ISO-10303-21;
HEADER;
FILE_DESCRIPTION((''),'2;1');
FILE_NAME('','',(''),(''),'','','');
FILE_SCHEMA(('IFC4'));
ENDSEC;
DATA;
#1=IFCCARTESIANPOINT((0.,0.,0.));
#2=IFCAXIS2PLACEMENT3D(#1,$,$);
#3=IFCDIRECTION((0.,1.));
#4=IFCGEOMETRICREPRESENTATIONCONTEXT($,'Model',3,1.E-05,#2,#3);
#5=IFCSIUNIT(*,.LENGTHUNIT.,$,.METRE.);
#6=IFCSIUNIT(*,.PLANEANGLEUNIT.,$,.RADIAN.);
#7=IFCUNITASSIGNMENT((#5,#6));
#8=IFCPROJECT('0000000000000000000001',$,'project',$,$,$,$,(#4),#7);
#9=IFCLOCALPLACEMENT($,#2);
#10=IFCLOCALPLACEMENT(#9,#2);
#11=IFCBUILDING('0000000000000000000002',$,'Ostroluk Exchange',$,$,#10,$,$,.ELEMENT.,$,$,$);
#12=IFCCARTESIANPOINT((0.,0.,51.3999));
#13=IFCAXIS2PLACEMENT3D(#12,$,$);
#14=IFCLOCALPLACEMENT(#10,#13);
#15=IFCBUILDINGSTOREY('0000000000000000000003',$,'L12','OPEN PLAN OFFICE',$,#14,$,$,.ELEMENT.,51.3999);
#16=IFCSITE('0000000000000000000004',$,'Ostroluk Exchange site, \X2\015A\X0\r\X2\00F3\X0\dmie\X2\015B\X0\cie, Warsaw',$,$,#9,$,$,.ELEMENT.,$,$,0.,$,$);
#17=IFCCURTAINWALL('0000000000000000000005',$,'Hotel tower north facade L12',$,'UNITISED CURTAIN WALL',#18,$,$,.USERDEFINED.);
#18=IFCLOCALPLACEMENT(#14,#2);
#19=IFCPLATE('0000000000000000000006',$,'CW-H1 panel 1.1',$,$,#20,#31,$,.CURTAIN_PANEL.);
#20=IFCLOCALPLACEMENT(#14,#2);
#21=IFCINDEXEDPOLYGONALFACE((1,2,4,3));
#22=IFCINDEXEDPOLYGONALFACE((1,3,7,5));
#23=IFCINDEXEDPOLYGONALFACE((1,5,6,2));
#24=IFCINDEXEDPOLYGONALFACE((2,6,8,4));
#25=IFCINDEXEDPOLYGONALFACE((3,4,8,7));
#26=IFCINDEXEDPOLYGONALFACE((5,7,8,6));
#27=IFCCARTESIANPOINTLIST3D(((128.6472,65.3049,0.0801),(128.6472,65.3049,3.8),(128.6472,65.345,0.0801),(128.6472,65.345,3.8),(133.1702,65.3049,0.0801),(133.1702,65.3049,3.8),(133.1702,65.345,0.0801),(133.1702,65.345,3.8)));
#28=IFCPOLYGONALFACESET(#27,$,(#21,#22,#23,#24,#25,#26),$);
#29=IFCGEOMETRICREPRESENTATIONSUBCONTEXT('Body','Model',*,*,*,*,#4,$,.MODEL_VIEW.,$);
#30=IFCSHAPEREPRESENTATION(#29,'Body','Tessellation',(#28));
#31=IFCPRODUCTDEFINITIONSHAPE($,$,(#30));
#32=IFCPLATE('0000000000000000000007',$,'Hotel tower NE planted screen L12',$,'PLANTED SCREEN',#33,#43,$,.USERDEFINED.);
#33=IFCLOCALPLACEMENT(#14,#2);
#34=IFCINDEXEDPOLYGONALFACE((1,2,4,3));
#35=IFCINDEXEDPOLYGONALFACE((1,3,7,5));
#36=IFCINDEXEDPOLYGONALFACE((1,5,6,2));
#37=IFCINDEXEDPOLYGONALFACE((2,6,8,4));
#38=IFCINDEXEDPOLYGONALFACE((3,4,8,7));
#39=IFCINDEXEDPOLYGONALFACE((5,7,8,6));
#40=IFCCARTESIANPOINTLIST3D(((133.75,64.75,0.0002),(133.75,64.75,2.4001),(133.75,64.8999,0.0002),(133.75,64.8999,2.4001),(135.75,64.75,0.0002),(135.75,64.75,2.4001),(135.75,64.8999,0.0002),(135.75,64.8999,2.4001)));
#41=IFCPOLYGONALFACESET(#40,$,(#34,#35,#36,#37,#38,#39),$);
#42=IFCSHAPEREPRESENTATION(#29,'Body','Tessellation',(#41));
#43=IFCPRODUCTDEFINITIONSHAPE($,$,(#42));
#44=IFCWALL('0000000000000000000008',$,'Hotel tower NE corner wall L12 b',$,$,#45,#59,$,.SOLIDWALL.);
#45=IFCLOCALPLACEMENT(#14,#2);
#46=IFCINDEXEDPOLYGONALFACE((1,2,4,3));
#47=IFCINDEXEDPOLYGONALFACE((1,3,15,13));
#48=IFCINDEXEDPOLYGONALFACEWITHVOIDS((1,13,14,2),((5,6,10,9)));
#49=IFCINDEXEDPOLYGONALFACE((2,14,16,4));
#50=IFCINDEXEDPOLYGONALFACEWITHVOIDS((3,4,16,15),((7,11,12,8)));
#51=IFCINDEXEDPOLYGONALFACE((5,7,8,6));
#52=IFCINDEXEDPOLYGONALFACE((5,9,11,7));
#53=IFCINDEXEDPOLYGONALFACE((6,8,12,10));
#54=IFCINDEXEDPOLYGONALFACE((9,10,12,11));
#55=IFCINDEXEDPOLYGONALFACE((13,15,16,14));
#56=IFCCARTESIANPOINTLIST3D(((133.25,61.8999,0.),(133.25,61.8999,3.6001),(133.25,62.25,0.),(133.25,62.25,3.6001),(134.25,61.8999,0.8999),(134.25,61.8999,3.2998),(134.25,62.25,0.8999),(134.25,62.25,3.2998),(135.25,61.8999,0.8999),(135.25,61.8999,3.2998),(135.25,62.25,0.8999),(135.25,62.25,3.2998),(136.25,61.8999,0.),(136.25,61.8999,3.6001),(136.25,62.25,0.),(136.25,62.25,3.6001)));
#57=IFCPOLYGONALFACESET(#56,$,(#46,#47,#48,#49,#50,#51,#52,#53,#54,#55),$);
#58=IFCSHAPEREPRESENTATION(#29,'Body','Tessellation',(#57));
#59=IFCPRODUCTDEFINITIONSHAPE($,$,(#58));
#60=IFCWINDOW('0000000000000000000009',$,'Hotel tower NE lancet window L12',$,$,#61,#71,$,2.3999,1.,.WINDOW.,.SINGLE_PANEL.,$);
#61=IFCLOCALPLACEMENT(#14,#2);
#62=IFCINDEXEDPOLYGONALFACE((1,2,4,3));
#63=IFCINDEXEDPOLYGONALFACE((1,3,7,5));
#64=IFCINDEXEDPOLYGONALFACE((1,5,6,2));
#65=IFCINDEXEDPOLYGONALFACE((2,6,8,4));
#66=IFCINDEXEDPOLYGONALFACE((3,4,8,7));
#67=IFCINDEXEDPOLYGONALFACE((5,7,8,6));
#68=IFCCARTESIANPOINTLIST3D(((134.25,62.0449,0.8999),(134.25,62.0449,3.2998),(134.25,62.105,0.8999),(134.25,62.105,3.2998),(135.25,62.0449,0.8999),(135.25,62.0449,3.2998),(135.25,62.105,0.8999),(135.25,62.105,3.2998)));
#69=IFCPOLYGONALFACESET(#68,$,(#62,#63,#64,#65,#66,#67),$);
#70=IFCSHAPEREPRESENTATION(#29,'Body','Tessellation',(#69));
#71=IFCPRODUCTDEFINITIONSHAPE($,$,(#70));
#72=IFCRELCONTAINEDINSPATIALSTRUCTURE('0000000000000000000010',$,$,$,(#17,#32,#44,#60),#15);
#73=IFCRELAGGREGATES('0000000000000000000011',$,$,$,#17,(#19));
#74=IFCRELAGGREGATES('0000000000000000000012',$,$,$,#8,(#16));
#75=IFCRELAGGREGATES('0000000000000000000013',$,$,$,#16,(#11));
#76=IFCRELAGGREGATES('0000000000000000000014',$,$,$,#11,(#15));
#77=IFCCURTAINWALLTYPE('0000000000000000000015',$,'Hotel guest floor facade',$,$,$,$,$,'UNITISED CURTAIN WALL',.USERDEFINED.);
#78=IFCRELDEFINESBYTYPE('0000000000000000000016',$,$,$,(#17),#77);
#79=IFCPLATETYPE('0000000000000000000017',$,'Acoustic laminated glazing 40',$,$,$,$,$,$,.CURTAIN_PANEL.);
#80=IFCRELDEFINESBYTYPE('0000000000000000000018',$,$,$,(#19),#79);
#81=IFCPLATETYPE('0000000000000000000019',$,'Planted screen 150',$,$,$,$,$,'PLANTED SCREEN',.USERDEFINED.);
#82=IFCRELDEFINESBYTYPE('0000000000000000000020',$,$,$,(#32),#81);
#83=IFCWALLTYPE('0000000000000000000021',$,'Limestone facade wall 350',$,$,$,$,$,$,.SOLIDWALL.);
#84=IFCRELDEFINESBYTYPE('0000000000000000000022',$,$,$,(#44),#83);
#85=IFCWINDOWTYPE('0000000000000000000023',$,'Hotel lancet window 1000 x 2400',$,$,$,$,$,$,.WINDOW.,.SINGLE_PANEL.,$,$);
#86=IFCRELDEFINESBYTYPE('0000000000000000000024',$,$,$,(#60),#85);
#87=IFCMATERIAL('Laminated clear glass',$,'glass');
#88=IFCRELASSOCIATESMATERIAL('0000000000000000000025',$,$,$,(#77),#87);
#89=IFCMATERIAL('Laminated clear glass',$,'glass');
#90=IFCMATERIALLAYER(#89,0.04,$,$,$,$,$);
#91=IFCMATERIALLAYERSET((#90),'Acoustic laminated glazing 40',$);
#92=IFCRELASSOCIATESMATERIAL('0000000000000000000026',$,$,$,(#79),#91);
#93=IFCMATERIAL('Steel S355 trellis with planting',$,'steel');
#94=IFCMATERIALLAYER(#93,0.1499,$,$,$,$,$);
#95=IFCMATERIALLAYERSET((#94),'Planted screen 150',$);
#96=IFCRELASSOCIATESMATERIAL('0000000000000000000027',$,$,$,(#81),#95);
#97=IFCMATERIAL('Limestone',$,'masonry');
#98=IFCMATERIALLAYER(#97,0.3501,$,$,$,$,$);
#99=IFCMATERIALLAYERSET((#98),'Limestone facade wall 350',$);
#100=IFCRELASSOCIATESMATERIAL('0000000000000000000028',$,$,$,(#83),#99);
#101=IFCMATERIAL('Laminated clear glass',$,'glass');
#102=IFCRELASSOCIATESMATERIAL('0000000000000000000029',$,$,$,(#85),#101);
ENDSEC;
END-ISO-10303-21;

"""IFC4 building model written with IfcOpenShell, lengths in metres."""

from ifc_helpers import new_model, si_unit, direction, frame, frame_2d, origin, origin_2d, place, context, subcontext, project, spatial, rectangle, extrude, material, layer, layer_set, type_object, element, fill, aggregate, save


model = new_model("IFC4")

# Units and contexts
model_context = context("Model", 3, precision=1e-05, world=origin(), true_north=direction((0.0, 1.0)))
body_context = subcontext(model_context, "Body", "Model", "MODEL_VIEW")
ifc_project = project(units=[si_unit("LENGTHUNIT", "METRE"), si_unit("PLANEANGLEUNIT", "RADIAN")], contexts=[model_context])

# Site, building, storey
site_placement = place(None, origin())
site = spatial("IfcSite", under=ifc_project, at=site_placement, Name="Ostroluk Exchange site, Śródmieście, Warsaw", CompositionType="ELEMENT", RefElevation=0.0)
building_placement = place(site_placement, origin())
building = spatial("IfcBuilding", under=site, at=building_placement, Name="Ostroluk Exchange", CompositionType="ELEMENT")
storey_placement = place(building_placement, frame((0.0, 0.0, 51.3999)))
storey = spatial("IfcBuildingStorey", under=building, at=storey_placement, Name="L12", Description="OPEN PLAN OFFICE", CompositionType="ELEMENT", Elevation=51.3999)

# Curtain wall
ifc_material_1 = material(Name="Laminated clear glass", Category="glass")
curtain_wall_type = type_object("IfcCurtainWallType", Name="Hotel guest floor facade", ElementType="UNITISED CURTAIN WALL", PredefinedType="USERDEFINED", material=ifc_material_1)
curtain_wall_1_placement = place(storey_placement, origin())
curtain_wall_1 = element("IfcCurtainWall", 1, at=curtain_wall_1_placement, inside=storey, type_object=curtain_wall_type, Name="Hotel tower north facade L12", ObjectType="UNITISED CURTAIN WALL", PredefinedType="USERDEFINED")

# Plates
ifc_material_2 = material(Name="Laminated clear glass", Category="glass")
ifc_layer_1 = layer(ifc_material_2, 0.04)
ifc_layer_set_1 = layer_set([ifc_layer_1], Name="Acoustic laminated glazing 40")
plate_type_1 = type_object("IfcPlateType", Name="Acoustic laminated glazing 40", PredefinedType="CURTAIN_PANEL", material=ifc_layer_set_1)
plate_1_placement = place(storey_placement, frame((130.9087, 65.325, 0.0801), z_axis=(0.0, 0.0, 1.0), x_axis=(-1.0, 0.0, 0.0)))
plate_1 = element("IfcPlate", 2, at=plate_1_placement, type_object=plate_type_1, Name="CW-H1 panel 1.1", PredefinedType="CURTAIN_PANEL", context=body_context, shape_type="SweptSolid", body=[
    extrude(rectangle(XDim=4.5229, YDim=0.04, at=origin_2d()), origin(), (0.0, 0.0, 1.0), 3.72),
])
aggregate(curtain_wall_1, [plate_1])
ifc_material_3 = material(Name="Steel S355 trellis with planting", Category="steel")
ifc_layer_2 = layer(ifc_material_3, 0.1499)
ifc_layer_set_2 = layer_set([ifc_layer_2], Name="Planted screen 150")
plate_type_2 = type_object("IfcPlateType", Name="Planted screen 150", ElementType="PLANTED SCREEN", PredefinedType="USERDEFINED", material=ifc_layer_set_2)
plate_2_placement = place(storey_placement, frame((134.75, 64.825, 0.0002), z_axis=(0.0, 0.0, 1.0), x_axis=(1.0, 0.0, 0.0)))
element("IfcPlate", 3, at=plate_2_placement, inside=storey, type_object=plate_type_2, Name="Hotel tower NE planted screen L12", ObjectType="PLANTED SCREEN", PredefinedType="USERDEFINED", context=body_context, shape_type="SweptSolid", body=[
    extrude(rectangle(XDim=2.0, YDim=0.1499, at=origin_2d()), origin(), (0.0, 0.0, 1.0), 2.3999),
])

# Shared definitions
ifc_material_4 = material(Name="Limestone", Category="masonry")
ifc_layer_3 = layer(ifc_material_4, 0.3501)
ifc_layer_set_3 = layer_set([ifc_layer_3], Name="Limestone facade wall 350")
wall_type = type_object("IfcWallType", Name="Limestone facade wall 350", PredefinedType="SOLIDWALL", material=ifc_layer_set_3)

# Wall, opening, window
wall_1_placement = place(storey_placement, frame((133.25, 62.075, 0.0), z_axis=(0.0, 0.0, 1.0), x_axis=(1.0, 0.0, 0.0)))
wall_1 = element("IfcWall", 4, at=wall_1_placement, inside=storey, type_object=wall_type, Name="Hotel tower NE corner wall L12 b", PredefinedType="SOLIDWALL", context=body_context, shape_type="SweptSolid", body=[
    extrude(rectangle(XDim=3.0, YDim=0.3501, at=frame_2d((1.5, 0.0))), origin(), (0.0, 0.0, 1.0), 3.6001),
])
opening_1_placement = place(wall_1_placement, frame((1.0, 0.0, 0.8999)))
opening_1 = element("IfcOpeningElement", 5, at=opening_1_placement, cuts=wall_1, PredefinedType="OPENING", context=body_context, shape_type="SweptSolid", body=[
    extrude(rectangle(XDim=1.0, YDim=2.3999, at=frame_2d((0.5, 1.2))), frame((0.0, 0.1851, 0.0), z_axis=(0.0, -1.0, 0.0), x_axis=(1.0, 0.0, 0.0)), (0.0, 0.0, 1.0), 0.3701),
])
ifc_material_5 = material(Name="Laminated clear glass", Category="glass")
window_type = type_object("IfcWindowType", Name="Hotel lancet window 1000 x 2400", PartitioningType="SINGLE_PANEL", PredefinedType="WINDOW", material=ifc_material_5)
window_placement = place(opening_1_placement, origin())
window = element("IfcWindow", 6, at=window_placement, inside=storey, type_object=window_type, Name="Hotel tower NE lancet window L12", OverallHeight=2.3999, OverallWidth=1.0, PartitioningType="SINGLE_PANEL", PredefinedType="WINDOW", context=body_context, shape_type="SweptSolid", body=[
    extrude(rectangle(XDim=1.0, YDim=2.3999, at=frame_2d((0.5, 1.2))), frame((0.0, 0.03, 0.0), z_axis=(0.0, -1.0, 0.0), x_axis=(1.0, 0.0, 0.0)), (0.0, 0.0, 1.0), 0.0601),
])
fill(opening_1, window)

save(model, "model.ifc")
